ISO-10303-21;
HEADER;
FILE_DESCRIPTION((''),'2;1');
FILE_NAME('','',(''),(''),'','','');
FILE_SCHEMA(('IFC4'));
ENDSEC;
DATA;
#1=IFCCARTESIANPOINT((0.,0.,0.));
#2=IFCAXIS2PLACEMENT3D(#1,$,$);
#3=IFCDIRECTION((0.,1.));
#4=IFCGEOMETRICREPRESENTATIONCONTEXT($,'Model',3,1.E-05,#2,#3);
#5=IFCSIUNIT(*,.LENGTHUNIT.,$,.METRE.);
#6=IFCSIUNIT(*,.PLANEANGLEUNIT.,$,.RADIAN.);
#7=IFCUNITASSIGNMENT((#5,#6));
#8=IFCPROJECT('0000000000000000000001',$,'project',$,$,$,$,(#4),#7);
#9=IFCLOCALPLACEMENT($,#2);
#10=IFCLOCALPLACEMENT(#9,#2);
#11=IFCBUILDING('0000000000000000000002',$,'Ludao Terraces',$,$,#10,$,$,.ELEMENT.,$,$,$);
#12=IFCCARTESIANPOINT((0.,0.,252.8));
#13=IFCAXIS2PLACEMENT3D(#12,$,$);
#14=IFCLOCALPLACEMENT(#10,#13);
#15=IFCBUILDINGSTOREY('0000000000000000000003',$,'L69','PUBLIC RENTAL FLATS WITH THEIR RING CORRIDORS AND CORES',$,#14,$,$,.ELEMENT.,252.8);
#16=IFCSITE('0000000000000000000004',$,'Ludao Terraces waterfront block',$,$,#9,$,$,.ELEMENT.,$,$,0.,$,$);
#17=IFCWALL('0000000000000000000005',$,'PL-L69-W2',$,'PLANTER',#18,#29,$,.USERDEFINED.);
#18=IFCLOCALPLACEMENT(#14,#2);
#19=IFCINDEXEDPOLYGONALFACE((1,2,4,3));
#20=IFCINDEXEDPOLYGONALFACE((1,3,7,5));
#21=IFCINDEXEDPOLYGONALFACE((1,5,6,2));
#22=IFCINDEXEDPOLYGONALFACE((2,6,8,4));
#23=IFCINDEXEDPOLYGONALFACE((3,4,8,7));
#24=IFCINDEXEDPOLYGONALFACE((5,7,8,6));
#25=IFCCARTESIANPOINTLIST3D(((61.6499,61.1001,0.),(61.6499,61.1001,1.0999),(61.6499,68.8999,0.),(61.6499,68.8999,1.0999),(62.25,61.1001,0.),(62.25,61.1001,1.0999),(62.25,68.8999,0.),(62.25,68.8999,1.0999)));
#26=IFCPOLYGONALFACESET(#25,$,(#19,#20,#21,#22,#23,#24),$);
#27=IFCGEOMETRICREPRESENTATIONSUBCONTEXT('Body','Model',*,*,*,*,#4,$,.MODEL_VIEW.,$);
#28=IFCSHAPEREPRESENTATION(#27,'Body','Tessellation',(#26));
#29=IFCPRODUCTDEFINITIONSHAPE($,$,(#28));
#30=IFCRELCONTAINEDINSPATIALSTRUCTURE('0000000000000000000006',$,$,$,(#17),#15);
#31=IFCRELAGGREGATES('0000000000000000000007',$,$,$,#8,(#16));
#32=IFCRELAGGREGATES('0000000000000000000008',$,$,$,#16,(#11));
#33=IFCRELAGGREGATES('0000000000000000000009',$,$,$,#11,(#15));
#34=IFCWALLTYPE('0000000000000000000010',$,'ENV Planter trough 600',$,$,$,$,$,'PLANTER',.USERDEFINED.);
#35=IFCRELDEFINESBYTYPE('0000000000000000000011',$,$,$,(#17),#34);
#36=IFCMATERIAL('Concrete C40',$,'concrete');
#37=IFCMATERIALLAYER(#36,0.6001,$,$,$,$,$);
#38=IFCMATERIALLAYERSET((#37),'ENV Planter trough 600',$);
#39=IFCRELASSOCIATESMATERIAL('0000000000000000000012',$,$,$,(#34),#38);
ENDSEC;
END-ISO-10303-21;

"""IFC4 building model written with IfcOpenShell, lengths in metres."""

from ifc_helpers import new_model, si_unit, direction, frame, frame_2d, origin, place, context, subcontext, project, spatial, rectangle, extrude, material, layer, layer_set, type_object, element, save


model = new_model("IFC4")

# Units and contexts
model_context = context("Model", 3, precision=1e-05, world=origin(), true_north=direction((0.0, 1.0)))
body_context = subcontext(model_context, "Body", "Model", "MODEL_VIEW")
ifc_project = project(units=[si_unit("LENGTHUNIT", "METRE"), si_unit("PLANEANGLEUNIT", "RADIAN")], contexts=[model_context])

# Site, building, storey
site_placement = place(None, origin())
site = spatial("IfcSite", under=ifc_project, at=site_placement, Name="Ludao Terraces waterfront block", CompositionType="ELEMENT", RefElevation=0.0)
building_placement = place(site_placement, origin())
building = spatial("IfcBuilding", under=site, at=building_placement, Name="Ludao Terraces", CompositionType="ELEMENT")
storey_placement = place(building_placement, frame((0.0, 0.0, 252.8)))
storey = spatial("IfcBuildingStorey", under=building, at=storey_placement, Name="L69", Description="PUBLIC RENTAL FLATS WITH THEIR RING CORRIDORS AND CORES", CompositionType="ELEMENT", Elevation=252.8)

# Shared definitions
ifc_material_1 = material(Name="Concrete C40", Category="concrete")

# Wall
ifc_layer_1 = layer(ifc_material_1, 0.6001)
ifc_layer_set_1 = layer_set([ifc_layer_1], Name="ENV Planter trough 600")
wall_type = type_object("IfcWallType", Name="ENV Planter trough 600", ElementType="PLANTER", PredefinedType="USERDEFINED", material=ifc_layer_set_1)
wall_1_placement = place(storey_placement, frame((61.95, 61.1001, 0.0), z_axis=(0.0, 0.0, 1.0), x_axis=(0.0, 1.0, 0.0)))
element("IfcWall", 1, at=wall_1_placement, inside=storey, type_object=wall_type, Name="PL-L69-W2", ObjectType="PLANTER", PredefinedType="USERDEFINED", context=body_context, shape_type="SweptSolid", body=[
    extrude(rectangle(XDim=7.7998, YDim=0.6001, at=frame_2d((3.8999, 0.0))), origin(), (0.0, 0.0, 1.0), 1.0999),
])

save(model, "model.ifc")
